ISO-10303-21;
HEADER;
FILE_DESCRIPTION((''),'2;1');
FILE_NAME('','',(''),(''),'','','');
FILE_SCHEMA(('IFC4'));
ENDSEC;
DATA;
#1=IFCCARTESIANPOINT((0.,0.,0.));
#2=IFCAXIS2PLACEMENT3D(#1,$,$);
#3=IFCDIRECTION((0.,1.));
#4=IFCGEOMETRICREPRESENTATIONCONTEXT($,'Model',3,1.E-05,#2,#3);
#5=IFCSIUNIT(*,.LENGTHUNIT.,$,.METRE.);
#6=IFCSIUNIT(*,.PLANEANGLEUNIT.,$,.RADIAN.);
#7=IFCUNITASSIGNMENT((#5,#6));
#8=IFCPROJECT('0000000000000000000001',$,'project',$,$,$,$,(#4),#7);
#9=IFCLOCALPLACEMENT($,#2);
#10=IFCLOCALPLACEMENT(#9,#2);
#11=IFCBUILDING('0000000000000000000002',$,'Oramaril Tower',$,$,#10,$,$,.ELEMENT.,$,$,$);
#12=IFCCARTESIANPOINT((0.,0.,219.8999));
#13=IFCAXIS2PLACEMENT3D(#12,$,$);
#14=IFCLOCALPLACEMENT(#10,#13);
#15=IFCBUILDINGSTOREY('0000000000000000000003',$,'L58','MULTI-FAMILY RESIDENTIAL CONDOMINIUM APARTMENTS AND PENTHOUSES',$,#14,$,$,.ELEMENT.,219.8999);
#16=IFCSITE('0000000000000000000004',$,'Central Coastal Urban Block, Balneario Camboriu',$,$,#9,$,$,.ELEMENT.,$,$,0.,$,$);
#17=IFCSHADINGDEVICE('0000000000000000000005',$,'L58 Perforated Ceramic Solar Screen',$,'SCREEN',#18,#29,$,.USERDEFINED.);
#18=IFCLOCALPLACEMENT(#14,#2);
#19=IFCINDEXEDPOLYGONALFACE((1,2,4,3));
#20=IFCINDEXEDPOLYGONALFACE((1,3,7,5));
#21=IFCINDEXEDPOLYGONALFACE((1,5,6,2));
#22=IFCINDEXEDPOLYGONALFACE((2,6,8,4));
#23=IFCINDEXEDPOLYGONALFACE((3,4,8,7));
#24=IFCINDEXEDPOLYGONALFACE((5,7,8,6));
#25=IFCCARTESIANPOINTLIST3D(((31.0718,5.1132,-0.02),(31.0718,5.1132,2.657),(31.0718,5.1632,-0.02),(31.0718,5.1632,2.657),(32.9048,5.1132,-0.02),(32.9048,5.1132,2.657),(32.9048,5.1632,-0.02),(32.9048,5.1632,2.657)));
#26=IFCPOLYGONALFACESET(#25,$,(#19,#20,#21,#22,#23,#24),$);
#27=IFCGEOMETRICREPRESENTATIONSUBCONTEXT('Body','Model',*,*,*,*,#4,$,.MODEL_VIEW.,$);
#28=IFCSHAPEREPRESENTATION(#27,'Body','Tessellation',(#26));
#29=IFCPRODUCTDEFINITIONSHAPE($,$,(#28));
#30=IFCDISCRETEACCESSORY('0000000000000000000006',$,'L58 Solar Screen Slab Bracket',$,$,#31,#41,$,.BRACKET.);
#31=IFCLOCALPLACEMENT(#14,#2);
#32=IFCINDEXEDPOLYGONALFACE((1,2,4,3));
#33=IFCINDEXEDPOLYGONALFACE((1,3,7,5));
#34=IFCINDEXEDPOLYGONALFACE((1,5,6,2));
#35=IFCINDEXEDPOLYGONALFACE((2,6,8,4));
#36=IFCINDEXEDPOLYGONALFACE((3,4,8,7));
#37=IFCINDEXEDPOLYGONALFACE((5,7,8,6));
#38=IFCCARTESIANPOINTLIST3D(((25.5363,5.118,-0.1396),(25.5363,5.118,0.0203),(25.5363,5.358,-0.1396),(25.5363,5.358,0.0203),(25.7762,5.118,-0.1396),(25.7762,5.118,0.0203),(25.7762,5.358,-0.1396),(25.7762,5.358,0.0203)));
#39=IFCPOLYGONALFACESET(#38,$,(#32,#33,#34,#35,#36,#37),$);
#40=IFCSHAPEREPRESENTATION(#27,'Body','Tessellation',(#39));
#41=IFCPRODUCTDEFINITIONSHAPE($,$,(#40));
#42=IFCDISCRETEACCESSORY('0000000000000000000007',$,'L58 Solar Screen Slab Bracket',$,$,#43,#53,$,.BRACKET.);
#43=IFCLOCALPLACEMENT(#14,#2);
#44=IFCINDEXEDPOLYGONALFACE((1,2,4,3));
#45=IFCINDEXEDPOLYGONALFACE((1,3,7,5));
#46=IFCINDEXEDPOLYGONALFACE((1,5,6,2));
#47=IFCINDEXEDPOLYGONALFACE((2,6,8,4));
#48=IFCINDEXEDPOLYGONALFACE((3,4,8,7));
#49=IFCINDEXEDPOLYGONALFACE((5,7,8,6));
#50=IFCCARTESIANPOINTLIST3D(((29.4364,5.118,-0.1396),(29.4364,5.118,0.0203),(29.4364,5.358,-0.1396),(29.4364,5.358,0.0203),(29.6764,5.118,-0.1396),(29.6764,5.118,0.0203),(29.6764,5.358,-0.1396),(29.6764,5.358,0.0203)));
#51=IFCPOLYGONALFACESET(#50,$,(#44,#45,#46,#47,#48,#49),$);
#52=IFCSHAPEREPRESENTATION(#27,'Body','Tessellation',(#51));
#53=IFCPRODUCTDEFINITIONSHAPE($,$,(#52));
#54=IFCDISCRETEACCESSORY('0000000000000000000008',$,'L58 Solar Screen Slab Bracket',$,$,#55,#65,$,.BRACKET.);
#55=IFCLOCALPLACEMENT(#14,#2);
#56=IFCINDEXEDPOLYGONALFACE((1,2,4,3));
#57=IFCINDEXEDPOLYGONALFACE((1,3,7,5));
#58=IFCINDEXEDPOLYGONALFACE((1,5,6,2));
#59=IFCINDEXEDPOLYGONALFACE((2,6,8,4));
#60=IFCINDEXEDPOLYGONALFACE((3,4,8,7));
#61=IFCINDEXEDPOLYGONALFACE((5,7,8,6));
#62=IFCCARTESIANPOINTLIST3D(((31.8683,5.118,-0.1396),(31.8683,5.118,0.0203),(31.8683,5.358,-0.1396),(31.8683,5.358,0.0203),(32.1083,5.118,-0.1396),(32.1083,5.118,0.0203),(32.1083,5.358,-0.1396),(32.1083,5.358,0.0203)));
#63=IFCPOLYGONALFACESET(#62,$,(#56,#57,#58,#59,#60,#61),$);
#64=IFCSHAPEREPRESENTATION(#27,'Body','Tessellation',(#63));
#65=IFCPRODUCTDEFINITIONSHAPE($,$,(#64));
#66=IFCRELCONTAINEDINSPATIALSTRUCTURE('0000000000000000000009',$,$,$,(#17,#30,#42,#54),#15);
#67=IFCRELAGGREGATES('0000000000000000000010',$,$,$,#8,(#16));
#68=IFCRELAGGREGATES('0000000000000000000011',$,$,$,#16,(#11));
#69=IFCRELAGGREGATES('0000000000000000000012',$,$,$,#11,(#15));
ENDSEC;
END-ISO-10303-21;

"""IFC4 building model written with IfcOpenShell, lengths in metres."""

from ifc_helpers import new_model, si_unit, direction, frame, origin, origin_2d, place, context, subcontext, project, spatial, rectangle, extrude, element, save


model = new_model("IFC4")

# Units and contexts
model_context = context("Model", 3, precision=1e-05, world=origin(), true_north=direction((0.0, 1.0)))
body_context = subcontext(model_context, "Body", "Model", "MODEL_VIEW")
ifc_project = project(units=[si_unit("LENGTHUNIT", "METRE"), si_unit("PLANEANGLEUNIT", "RADIAN")], contexts=[model_context])

# Site, building, storey
site_placement = place(None, origin())
site = spatial("IfcSite", under=ifc_project, at=site_placement, Name="Central Coastal Urban Block, Balneario Camboriu", CompositionType="ELEMENT", RefElevation=0.0)
building_placement = place(site_placement, origin())
building = spatial("IfcBuilding", under=site, at=building_placement, Name="Oramaril Tower", CompositionType="ELEMENT")
storey_placement = place(building_placement, frame((0.0, 0.0, 219.8999)))
storey = spatial("IfcBuildingStorey", under=building, at=storey_placement, Name="L58", Description="MULTI-FAMILY RESIDENTIAL CONDOMINIUM APARTMENTS AND PENTHOUSES", CompositionType="ELEMENT", Elevation=219.8999)

# Shading device
for number, where, z_axis, x_axis, name in (
    (1, (31.9883, 5.1382, -0.02), (0.0, 0.0, 1.0), (1.0, 0.0, 0.0), "L58 Perforated Ceramic Solar Screen"),
):
    element("IfcShadingDevice", number, at=place(storey_placement, frame(where, z_axis=z_axis, x_axis=x_axis)), inside=storey, Name=name, ObjectType="SCREEN", PredefinedType="USERDEFINED", context=body_context, shape_type="SweptSolid", body=[
        extrude(rectangle(XDim=1.833, YDim=0.05, at=origin_2d()), origin(), (0.0, 0.0, 1.0), 2.677),
    ])

# Discrete accessories
for number, where, z_axis, x_axis, name in (
    (2, (25.6562, 5.238, -0.1396), (0.0, 0.0, 1.0), (1.0, 0.0, 0.0), "L58 Solar Screen Slab Bracket"),
    (3, (29.5564, 5.238, -0.1396), (0.0, 0.0, 1.0), (1.0, 0.0, 0.0), "L58 Solar Screen Slab Bracket"),
    (4, (31.9883, 5.238, -0.1396), (0.0, 0.0, 1.0), (1.0, 0.0, 0.0), "L58 Solar Screen Slab Bracket"),
):
    element("IfcDiscreteAccessory", number, at=place(storey_placement, frame(where, z_axis=z_axis, x_axis=x_axis)), inside=storey, Name=name, PredefinedType="BRACKET", context=body_context, shape_type="SweptSolid", body=[
        extrude(rectangle(XDim=0.24, YDim=0.24, at=origin_2d()), origin(), (0.0, 0.0, 1.0), 0.1599),
    ])

save(model, "model.ifc")
